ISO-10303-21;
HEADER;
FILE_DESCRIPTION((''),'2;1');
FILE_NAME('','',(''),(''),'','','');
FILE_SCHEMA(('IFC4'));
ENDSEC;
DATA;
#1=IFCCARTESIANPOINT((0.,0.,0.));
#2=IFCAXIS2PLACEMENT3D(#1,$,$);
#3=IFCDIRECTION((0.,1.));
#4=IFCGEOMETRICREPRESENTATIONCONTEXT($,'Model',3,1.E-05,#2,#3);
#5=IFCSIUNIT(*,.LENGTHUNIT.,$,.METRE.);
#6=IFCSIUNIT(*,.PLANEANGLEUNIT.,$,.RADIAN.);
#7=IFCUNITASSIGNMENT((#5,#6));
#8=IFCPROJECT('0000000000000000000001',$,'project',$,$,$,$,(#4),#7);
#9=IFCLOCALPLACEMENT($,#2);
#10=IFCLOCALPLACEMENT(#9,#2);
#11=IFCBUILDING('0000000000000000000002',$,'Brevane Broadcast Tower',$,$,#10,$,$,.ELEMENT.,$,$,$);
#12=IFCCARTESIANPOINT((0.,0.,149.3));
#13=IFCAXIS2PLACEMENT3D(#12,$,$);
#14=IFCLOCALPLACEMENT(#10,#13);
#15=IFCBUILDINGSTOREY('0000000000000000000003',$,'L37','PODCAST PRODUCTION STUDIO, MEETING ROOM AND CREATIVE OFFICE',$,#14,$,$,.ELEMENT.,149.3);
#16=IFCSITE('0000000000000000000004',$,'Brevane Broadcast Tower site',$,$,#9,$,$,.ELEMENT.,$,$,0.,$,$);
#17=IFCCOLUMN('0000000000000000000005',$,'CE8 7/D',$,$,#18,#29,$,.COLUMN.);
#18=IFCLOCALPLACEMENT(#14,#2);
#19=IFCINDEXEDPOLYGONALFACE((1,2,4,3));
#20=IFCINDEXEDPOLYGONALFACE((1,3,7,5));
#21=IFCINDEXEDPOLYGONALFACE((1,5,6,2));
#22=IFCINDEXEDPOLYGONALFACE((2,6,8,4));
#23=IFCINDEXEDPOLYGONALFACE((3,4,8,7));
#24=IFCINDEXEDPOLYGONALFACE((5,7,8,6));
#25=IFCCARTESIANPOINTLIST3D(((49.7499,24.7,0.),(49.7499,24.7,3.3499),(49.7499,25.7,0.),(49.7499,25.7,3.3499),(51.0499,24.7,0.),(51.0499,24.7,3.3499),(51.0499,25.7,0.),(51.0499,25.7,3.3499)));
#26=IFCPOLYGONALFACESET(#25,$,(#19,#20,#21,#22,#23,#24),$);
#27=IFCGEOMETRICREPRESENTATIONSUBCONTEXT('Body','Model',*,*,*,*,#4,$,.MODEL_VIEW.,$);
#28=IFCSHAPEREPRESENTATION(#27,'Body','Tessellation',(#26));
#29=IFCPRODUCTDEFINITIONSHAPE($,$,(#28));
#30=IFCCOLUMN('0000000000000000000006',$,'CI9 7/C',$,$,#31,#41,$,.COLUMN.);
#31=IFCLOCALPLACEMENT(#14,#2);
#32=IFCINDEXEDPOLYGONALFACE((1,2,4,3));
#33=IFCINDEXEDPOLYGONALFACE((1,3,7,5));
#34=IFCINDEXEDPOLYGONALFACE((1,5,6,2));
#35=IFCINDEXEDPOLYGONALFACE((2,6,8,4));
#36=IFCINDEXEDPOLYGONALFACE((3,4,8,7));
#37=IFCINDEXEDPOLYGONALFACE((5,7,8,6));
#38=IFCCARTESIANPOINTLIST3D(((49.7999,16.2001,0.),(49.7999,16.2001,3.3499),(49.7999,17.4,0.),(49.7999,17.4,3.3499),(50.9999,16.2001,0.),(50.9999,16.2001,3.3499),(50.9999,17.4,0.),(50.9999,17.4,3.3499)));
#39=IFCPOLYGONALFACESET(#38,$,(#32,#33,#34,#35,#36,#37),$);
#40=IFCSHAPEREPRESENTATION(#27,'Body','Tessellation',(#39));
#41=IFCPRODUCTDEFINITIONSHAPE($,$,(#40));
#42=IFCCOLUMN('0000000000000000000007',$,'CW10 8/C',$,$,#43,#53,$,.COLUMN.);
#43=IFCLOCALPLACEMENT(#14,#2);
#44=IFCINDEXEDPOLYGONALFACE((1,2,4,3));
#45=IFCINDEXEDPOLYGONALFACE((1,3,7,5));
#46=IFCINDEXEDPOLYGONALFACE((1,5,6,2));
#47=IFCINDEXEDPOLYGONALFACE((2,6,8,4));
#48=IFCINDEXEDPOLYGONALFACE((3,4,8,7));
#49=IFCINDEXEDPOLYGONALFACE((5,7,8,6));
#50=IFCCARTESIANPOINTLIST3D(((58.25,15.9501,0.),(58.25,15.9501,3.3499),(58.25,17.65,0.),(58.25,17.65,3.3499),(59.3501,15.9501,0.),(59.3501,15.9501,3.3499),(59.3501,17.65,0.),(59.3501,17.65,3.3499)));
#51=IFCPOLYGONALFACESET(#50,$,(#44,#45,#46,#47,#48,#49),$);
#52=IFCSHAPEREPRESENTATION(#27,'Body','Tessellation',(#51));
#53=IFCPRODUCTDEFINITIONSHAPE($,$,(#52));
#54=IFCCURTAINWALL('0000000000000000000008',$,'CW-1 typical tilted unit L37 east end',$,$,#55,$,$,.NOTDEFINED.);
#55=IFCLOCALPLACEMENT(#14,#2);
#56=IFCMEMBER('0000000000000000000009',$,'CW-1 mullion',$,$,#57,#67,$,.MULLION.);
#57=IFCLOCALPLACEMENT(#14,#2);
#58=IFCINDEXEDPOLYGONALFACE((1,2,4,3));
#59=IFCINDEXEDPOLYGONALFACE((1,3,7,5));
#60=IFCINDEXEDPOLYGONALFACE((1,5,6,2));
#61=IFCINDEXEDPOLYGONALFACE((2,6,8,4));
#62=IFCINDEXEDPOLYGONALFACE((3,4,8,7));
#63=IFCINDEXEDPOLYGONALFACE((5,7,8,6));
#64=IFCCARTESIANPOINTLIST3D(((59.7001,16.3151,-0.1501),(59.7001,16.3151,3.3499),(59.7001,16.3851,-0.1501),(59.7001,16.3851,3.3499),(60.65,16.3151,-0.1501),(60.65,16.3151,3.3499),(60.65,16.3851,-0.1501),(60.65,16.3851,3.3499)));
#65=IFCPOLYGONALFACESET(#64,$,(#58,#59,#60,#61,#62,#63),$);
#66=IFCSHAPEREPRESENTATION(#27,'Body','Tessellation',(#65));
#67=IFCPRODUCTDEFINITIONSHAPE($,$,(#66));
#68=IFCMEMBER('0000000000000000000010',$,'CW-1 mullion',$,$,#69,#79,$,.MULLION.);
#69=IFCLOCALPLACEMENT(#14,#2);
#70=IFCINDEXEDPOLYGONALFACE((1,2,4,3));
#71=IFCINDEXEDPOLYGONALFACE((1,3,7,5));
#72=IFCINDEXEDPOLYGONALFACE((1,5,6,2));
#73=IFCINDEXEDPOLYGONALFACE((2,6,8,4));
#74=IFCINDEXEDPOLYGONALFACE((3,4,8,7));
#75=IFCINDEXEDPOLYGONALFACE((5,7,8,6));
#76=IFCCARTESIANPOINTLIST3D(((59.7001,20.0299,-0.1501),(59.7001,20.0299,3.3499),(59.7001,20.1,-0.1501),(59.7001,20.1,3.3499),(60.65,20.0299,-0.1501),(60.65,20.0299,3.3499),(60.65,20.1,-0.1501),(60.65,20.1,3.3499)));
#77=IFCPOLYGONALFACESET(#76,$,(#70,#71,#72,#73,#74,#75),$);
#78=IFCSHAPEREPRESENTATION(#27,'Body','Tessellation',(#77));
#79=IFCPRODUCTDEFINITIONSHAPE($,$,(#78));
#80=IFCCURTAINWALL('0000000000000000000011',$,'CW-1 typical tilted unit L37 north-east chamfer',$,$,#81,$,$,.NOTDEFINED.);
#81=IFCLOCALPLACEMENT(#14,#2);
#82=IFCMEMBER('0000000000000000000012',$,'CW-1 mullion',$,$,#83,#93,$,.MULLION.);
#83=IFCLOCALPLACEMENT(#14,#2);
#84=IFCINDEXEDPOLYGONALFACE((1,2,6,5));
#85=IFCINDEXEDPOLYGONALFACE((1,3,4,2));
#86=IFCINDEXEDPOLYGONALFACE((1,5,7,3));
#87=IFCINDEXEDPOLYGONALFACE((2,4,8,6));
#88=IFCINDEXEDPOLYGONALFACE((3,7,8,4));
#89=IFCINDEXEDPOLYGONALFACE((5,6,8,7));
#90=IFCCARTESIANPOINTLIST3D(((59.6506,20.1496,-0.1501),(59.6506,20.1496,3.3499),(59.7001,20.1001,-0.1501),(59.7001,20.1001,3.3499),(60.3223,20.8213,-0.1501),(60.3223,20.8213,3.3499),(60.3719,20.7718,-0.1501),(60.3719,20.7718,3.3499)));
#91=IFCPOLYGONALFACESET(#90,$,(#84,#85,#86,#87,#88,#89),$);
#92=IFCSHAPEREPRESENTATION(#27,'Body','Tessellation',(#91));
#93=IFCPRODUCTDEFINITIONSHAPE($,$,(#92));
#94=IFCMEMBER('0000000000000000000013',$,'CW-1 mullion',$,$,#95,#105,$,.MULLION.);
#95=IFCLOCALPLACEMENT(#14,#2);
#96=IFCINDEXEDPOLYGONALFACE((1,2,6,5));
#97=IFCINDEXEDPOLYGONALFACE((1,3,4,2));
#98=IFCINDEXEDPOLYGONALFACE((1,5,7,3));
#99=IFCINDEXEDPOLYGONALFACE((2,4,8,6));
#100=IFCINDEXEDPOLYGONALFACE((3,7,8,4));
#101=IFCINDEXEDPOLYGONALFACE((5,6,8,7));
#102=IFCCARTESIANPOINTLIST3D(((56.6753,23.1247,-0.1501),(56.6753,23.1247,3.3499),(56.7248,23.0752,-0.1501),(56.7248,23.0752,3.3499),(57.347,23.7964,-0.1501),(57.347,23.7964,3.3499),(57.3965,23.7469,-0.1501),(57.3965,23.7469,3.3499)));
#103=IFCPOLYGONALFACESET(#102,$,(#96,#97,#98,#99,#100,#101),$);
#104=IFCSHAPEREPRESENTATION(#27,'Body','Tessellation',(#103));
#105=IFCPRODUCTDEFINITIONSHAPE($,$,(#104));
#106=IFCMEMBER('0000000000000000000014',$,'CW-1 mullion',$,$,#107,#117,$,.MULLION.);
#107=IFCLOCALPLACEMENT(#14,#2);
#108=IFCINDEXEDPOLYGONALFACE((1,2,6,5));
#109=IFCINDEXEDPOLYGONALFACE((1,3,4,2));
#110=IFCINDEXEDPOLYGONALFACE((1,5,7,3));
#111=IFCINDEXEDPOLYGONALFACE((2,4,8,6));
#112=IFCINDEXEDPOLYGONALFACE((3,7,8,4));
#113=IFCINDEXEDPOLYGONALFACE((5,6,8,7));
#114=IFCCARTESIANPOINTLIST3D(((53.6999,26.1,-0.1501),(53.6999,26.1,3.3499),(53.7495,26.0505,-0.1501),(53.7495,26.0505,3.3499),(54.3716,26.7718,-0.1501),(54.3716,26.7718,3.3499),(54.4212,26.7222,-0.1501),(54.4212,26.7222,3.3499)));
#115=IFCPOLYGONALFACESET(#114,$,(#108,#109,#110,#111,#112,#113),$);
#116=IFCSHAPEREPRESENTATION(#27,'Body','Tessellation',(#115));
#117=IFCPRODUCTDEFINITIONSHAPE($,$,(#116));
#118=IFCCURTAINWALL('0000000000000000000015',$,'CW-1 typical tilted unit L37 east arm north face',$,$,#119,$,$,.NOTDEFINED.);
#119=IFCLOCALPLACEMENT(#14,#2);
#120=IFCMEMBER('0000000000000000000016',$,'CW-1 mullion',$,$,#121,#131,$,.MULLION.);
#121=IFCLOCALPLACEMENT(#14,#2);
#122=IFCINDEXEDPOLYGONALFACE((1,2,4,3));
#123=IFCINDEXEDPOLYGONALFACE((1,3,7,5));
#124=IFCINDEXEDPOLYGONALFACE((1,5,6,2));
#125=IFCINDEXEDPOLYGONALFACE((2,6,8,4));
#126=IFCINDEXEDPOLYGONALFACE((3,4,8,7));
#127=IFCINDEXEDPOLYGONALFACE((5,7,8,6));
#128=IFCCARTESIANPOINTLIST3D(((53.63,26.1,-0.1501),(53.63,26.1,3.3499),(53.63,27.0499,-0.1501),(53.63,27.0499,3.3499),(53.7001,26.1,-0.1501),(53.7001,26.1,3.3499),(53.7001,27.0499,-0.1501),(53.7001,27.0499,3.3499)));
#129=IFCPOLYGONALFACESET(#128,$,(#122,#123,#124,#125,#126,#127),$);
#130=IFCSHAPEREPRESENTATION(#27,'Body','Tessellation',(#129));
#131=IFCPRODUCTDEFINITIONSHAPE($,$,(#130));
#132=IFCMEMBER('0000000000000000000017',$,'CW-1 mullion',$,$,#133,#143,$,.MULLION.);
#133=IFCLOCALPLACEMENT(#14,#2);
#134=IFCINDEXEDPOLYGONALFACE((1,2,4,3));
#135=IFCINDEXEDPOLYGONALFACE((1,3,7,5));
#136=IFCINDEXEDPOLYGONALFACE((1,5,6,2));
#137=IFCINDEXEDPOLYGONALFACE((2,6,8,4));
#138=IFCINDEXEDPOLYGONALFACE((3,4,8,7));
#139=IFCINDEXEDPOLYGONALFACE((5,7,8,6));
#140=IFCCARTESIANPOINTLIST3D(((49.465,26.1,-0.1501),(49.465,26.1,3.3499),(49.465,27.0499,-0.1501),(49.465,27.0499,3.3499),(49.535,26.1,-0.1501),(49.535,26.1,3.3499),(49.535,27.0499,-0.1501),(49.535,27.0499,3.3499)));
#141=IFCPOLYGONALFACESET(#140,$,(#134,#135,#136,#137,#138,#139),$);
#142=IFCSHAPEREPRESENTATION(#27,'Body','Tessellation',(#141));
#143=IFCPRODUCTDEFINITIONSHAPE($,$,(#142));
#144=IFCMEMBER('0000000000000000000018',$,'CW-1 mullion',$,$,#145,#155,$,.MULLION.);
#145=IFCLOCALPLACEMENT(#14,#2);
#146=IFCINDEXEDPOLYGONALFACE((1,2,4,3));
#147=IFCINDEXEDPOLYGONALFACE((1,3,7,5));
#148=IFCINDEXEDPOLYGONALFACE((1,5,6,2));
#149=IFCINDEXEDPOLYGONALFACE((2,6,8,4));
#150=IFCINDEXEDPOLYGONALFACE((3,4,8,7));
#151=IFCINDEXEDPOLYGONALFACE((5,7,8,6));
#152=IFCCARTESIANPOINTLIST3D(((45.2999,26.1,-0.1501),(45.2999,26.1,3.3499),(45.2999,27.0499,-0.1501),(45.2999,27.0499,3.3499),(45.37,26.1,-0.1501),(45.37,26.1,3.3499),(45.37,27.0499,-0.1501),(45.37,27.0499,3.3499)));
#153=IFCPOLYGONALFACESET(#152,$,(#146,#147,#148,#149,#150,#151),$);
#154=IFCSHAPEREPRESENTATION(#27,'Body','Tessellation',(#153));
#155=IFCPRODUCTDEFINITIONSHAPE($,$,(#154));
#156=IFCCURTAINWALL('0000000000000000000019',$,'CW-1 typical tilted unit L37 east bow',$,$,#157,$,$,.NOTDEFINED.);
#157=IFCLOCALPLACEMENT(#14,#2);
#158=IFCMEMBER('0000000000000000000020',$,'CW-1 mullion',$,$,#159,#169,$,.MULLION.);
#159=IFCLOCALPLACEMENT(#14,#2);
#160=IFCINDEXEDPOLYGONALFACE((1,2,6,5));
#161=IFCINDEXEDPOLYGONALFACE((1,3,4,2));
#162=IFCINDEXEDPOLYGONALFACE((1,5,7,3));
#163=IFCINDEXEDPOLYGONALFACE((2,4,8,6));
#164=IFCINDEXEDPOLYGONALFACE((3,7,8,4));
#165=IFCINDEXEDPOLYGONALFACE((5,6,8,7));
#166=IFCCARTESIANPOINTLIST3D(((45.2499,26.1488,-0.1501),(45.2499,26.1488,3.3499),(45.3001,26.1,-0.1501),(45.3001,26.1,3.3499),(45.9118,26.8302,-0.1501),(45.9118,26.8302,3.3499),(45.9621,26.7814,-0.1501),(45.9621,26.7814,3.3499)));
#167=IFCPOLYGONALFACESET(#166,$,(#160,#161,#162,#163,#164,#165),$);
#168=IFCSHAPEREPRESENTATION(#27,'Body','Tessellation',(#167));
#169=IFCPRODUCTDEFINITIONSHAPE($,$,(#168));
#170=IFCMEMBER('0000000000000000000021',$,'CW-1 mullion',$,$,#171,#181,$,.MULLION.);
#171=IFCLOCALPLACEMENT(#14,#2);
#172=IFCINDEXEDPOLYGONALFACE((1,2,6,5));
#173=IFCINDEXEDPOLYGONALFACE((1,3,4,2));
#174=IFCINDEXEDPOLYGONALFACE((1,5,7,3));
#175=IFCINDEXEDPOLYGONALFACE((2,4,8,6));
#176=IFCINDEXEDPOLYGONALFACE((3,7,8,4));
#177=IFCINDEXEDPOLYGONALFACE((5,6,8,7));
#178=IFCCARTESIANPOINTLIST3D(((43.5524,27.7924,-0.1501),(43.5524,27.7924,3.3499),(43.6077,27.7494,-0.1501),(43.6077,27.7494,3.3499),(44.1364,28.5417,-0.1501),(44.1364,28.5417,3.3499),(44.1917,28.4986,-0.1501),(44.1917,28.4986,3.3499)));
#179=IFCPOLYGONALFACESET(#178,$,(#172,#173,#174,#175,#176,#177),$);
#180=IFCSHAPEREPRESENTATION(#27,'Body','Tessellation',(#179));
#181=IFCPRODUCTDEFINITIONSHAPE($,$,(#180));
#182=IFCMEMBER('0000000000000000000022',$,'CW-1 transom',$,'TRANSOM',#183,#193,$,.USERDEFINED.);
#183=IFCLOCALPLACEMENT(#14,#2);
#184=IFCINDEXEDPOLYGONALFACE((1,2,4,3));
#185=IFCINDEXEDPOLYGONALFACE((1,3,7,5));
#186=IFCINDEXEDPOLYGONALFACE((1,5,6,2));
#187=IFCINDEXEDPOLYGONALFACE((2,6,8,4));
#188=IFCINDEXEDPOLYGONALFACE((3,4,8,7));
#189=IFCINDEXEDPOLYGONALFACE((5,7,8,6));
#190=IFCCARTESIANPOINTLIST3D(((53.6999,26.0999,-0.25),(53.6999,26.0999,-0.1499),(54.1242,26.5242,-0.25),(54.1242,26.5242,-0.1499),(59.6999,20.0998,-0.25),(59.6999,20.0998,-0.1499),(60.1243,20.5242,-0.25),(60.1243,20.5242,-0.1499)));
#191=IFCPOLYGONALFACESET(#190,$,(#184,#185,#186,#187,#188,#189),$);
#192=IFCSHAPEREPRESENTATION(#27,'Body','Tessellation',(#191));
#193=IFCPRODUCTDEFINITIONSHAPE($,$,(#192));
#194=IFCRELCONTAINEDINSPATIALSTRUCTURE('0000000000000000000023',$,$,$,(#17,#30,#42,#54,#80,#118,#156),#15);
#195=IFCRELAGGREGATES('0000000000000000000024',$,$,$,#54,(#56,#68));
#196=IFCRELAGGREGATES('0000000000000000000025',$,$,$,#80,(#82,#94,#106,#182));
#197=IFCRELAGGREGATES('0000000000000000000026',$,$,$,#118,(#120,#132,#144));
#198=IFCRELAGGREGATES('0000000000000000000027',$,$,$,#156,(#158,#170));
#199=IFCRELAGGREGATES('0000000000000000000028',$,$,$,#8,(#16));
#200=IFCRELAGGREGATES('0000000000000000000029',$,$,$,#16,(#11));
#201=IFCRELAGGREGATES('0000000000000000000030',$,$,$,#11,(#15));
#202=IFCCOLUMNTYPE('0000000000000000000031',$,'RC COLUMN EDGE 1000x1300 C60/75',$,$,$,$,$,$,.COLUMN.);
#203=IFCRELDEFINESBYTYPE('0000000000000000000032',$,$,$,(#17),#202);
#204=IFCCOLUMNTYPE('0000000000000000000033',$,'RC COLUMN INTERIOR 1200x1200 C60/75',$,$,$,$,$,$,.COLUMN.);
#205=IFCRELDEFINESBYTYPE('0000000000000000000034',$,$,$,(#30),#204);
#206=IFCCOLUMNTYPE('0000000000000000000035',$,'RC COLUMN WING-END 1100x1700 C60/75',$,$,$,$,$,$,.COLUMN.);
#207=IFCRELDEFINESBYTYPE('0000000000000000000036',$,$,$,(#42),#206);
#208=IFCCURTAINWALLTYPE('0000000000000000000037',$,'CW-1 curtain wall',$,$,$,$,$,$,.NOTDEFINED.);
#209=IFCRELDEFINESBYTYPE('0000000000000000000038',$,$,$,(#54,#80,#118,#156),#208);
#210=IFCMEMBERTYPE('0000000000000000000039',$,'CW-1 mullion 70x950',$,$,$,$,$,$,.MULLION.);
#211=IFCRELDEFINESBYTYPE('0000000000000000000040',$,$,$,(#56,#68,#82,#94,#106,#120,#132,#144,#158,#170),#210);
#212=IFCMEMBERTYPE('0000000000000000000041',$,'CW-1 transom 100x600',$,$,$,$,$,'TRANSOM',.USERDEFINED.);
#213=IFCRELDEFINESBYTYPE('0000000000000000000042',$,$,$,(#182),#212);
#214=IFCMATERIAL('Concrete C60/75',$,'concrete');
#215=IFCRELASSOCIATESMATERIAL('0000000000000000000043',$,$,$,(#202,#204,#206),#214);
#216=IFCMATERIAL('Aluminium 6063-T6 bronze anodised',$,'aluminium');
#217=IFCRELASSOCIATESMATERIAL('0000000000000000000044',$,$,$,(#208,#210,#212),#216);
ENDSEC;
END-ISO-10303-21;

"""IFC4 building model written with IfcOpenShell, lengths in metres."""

from ifc_helpers import new_model, si_unit, direction, frame, origin, origin_2d, place, context, subcontext, project, spatial, rectangle, extrude, material, material_profile, profile_set, type_object, element, aggregate, save


model = new_model("IFC4")

# Units and contexts
model_context = context("Model", 3, precision=1e-05, world=origin(), true_north=direction((0.0, 1.0)))
body_context = subcontext(model_context, "Body", "Model", "MODEL_VIEW")
ifc_project = project(units=[si_unit("LENGTHUNIT", "METRE"), si_unit("PLANEANGLEUNIT", "RADIAN")], contexts=[model_context])

# Site, building, storey
site_placement = place(None, origin())
site = spatial("IfcSite", under=ifc_project, at=site_placement, Name="Brevane Broadcast Tower site", CompositionType="ELEMENT", RefElevation=0.0)
building_placement = place(site_placement, origin())
building = spatial("IfcBuilding", under=site, at=building_placement, Name="Brevane Broadcast Tower", CompositionType="ELEMENT")
storey_placement = place(building_placement, frame((0.0, 0.0, 149.3)))
storey = spatial("IfcBuildingStorey", under=building, at=storey_placement, Name="L37", Description="PODCAST PRODUCTION STUDIO, MEETING ROOM AND CREATIVE OFFICE", CompositionType="ELEMENT", Elevation=149.3)

# Columns
ifc_material_1 = material(Name="Concrete C60/75", Category="concrete")
ifc_material_profile_1 = material_profile(ifc_material_1, rectangle(XDim=1.0, YDim=1.3, at=origin_2d()), Name="RC 1000x1300")
ifc_profile_set_1 = profile_set([ifc_material_profile_1], Name="Concrete C60/75")
column_type_1 = type_object("IfcColumnType", Name="RC COLUMN EDGE 1000x1300 C60/75", PredefinedType="COLUMN", material=ifc_profile_set_1)
column_1_placement = place(storey_placement, frame((50.3999, 25.2, 0.0), z_axis=(0.0, 0.0, 1.0), x_axis=(0.0, 1.0, 0.0)))
element("IfcColumn", 1, at=column_1_placement, inside=storey, type_object=column_type_1, Name="CE8 7/D", PredefinedType="COLUMN", context=body_context, shape_type="SweptSolid", body=[
    extrude(rectangle(XDim=1.0, YDim=1.3, at=origin_2d()), origin(), (0.0, 0.0, 1.0), 3.3499),
])
ifc_material_profile_2 = material_profile(ifc_material_1, rectangle(XDim=1.2, YDim=1.2, at=origin_2d()), Name="RC 1200x1200")
ifc_profile_set_2 = profile_set([ifc_material_profile_2], Name="Concrete C60/75")
column_type_2 = type_object("IfcColumnType", Name="RC COLUMN INTERIOR 1200x1200 C60/75", PredefinedType="COLUMN", material=ifc_profile_set_2)
column_2_placement = place(storey_placement, frame((50.3999, 16.8, 0.0), z_axis=(0.0, 0.0, 1.0), x_axis=(1.0, 0.0, 0.0)))
element("IfcColumn", 2, at=column_2_placement, inside=storey, type_object=column_type_2, Name="CI9 7/C", PredefinedType="COLUMN", context=body_context, shape_type="SweptSolid", body=[
    extrude(rectangle(XDim=1.2, YDim=1.2, at=origin_2d()), origin(), (0.0, 0.0, 1.0), 3.3499),
])
ifc_material_profile_3 = material_profile(ifc_material_1, rectangle(XDim=1.1001, YDim=1.7, at=origin_2d()), Name="RC 1100x1700")
ifc_profile_set_3 = profile_set([ifc_material_profile_3], Name="Concrete C60/75")
column_type_3 = type_object("IfcColumnType", Name="RC COLUMN WING-END 1100x1700 C60/75", PredefinedType="COLUMN", material=ifc_profile_set_3)
column_3_placement = place(storey_placement, frame((58.8, 16.8, 0.0), z_axis=(0.0, 0.0, 1.0), x_axis=(1.0, 0.0, 0.0)))
element("IfcColumn", 3, at=column_3_placement, inside=storey, type_object=column_type_3, Name="CW10 8/C", PredefinedType="COLUMN", context=body_context, shape_type="SweptSolid", body=[
    extrude(rectangle(XDim=1.1001, YDim=1.7, at=origin_2d()), origin(), (0.0, 0.0, 1.0), 3.3499),
])

# Curtain walls, members
ifc_material_2 = material(Name="Aluminium 6063-T6 bronze anodised", Category="aluminium")
curtain_wall_type = type_object("IfcCurtainWallType", Name="CW-1 curtain wall", PredefinedType="NOTDEFINED", material=ifc_material_2)
curtain_wall_1_placement = place(storey_placement, origin())
curtain_wall_1 = element("IfcCurtainWall", 4, at=curtain_wall_1_placement, inside=storey, type_object=curtain_wall_type, Name="CW-1 typical tilted unit L37 east end", PredefinedType="NOTDEFINED")
ifc_material_profile_4 = material_profile(ifc_material_2, rectangle(XDim=0.95, YDim=0.0701, at=origin_2d()), Name="RECT 70x950")
ifc_profile_set_4 = profile_set([ifc_material_profile_4], Name="Aluminium 6063-T6 bronze anodised")
member_type_1 = type_object("IfcMemberType", Name="CW-1 mullion 70x950", PredefinedType="MULLION", material=ifc_profile_set_4)
member_1_placement = place(storey_placement, frame((60.175, 16.3501, -0.1501), z_axis=(0.0, 0.0, 1.0), x_axis=(-1.0, 0.0, 0.0)))
member_1 = element("IfcMember", 5, at=member_1_placement, type_object=member_type_1, Name="CW-1 mullion", PredefinedType="MULLION", context=body_context, shape_type="SweptSolid", body=[
    extrude(rectangle(XDim=0.95, YDim=0.0701, at=origin_2d()), origin(), (0.0, 0.0, 1.0), 3.5),
])
member_2_placement = place(storey_placement, frame((60.175, 20.0649, -0.1501), z_axis=(0.0, 0.0, 1.0), x_axis=(-1.0, 0.0, 0.0)))
member_2 = element("IfcMember", 6, at=member_2_placement, type_object=member_type_1, Name="CW-1 mullion", PredefinedType="MULLION", context=body_context, shape_type="SweptSolid", body=[
    extrude(rectangle(XDim=0.95, YDim=0.0701, at=origin_2d()), origin(), (0.0, 0.0, 1.0), 3.5),
])
aggregate(curtain_wall_1, [member_1, member_2])
curtain_wall_2_placement = place(storey_placement, origin())
curtain_wall_2 = element("IfcCurtainWall", 7, at=curtain_wall_2_placement, inside=storey, type_object=curtain_wall_type, Name="CW-1 typical tilted unit L37 north-east chamfer", PredefinedType="NOTDEFINED")
member_3_placement = place(storey_placement, frame((60.0112, 20.4607, -0.1501), z_axis=(0.0, 0.0, 1.0), x_axis=(-0.707107, -0.707107, 0.0)))
member_3 = element("IfcMember", 8, at=member_3_placement, type_object=member_type_1, Name="CW-1 mullion", PredefinedType="MULLION", context=body_context, shape_type="SweptSolid", body=[
    extrude(rectangle(XDim=0.95, YDim=0.0701, at=origin_2d()), origin(), (0.0, 0.0, 1.0), 3.5),
])
member_4_placement = place(storey_placement, frame((57.0359, 23.4358, -0.1501), z_axis=(0.0, 0.0, 1.0), x_axis=(-0.707107, -0.707107, 0.0)))
member_4 = element("IfcMember", 9, at=member_4_placement, type_object=member_type_1, Name="CW-1 mullion", PredefinedType="MULLION", context=body_context, shape_type="SweptSolid", body=[
    extrude(rectangle(XDim=0.95, YDim=0.0701, at=origin_2d()), origin(), (0.0, 0.0, 1.0), 3.5),
])
member_5_placement = place(storey_placement, frame((54.0605, 26.4111, -0.1501), z_axis=(0.0, 0.0, 1.0), x_axis=(-0.707107, -0.707107, 0.0)))
member_5 = element("IfcMember", 10, at=member_5_placement, type_object=member_type_1, Name="CW-1 mullion", PredefinedType="MULLION", context=body_context, shape_type="SweptSolid", body=[
    extrude(rectangle(XDim=0.95, YDim=0.0701, at=origin_2d()), origin(), (0.0, 0.0, 1.0), 3.5),
])
curtain_wall_3_placement = place(storey_placement, origin())
curtain_wall_3 = element("IfcCurtainWall", 11, at=curtain_wall_3_placement, inside=storey, type_object=curtain_wall_type, Name="CW-1 typical tilted unit L37 east arm north face", PredefinedType="NOTDEFINED")
member_6_placement = place(storey_placement, frame((53.665, 26.575, -0.1501), z_axis=(0.0, 0.0, 1.0), x_axis=(0.0, -1.0, 0.0)))
member_6 = element("IfcMember", 12, at=member_6_placement, type_object=member_type_1, Name="CW-1 mullion", PredefinedType="MULLION", context=body_context, shape_type="SweptSolid", body=[
    extrude(rectangle(XDim=0.95, YDim=0.0701, at=origin_2d()), origin(), (0.0, 0.0, 1.0), 3.5),
])
member_7_placement = place(storey_placement, frame((49.5, 26.575, -0.1501), z_axis=(0.0, 0.0, 1.0), x_axis=(0.0, -1.0, 0.0)))
member_7 = element("IfcMember", 13, at=member_7_placement, type_object=member_type_1, Name="CW-1 mullion", PredefinedType="MULLION", context=body_context, shape_type="SweptSolid", body=[
    extrude(rectangle(XDim=0.95, YDim=0.0701, at=origin_2d()), origin(), (0.0, 0.0, 1.0), 3.5),
])
member_8_placement = place(storey_placement, frame((45.335, 26.575, -0.1501), z_axis=(0.0, 0.0, 1.0), x_axis=(0.0, -1.0, 0.0)))
member_8 = element("IfcMember", 14, at=member_8_placement, type_object=member_type_1, Name="CW-1 mullion", PredefinedType="MULLION", context=body_context, shape_type="SweptSolid", body=[
    extrude(rectangle(XDim=0.95, YDim=0.0701, at=origin_2d()), origin(), (0.0, 0.0, 1.0), 3.5),
])
curtain_wall_4_placement = place(storey_placement, origin())
curtain_wall_4 = element("IfcCurtainWall", 15, at=curtain_wall_4_placement, inside=storey, type_object=curtain_wall_type, Name="CW-1 typical tilted unit L37 east bow", PredefinedType="NOTDEFINED")
member_9_placement = place(storey_placement, frame((45.606, 26.4651, -0.1501), z_axis=(0.0, 0.0, 1.0), x_axis=(-0.696812, -0.717254, 0.0)))
member_9 = element("IfcMember", 16, at=member_9_placement, type_object=member_type_1, Name="CW-1 mullion", PredefinedType="MULLION", context=body_context, shape_type="SweptSolid", body=[
    extrude(rectangle(XDim=0.95, YDim=0.0701, at=origin_2d()), origin(), (0.0, 0.0, 1.0), 3.5),
])
member_10_placement = place(storey_placement, frame((43.8721, 28.1455, -0.1501), z_axis=(0.0, 0.0, 1.0), x_axis=(-0.61477, -0.788707, 0.0)))
member_10 = element("IfcMember", 17, at=member_10_placement, type_object=member_type_1, Name="CW-1 mullion", PredefinedType="MULLION", context=body_context, shape_type="SweptSolid", body=[
    extrude(rectangle(XDim=0.95, YDim=0.0701, at=origin_2d()), origin(), (0.0, 0.0, 1.0), 3.5),
])

# Member
ifc_material_profile_5 = material_profile(ifc_material_2, rectangle(XDim=0.6001, YDim=0.1001, at=origin_2d()), Name="RECT 100x600")
ifc_profile_set_5 = profile_set([ifc_material_profile_5], Name="Aluminium 6063-T6 bronze anodised")
member_type_2 = type_object("IfcMemberType", Name="CW-1 transom 100x600", ElementType="TRANSOM", PredefinedType="USERDEFINED", material=ifc_profile_set_5)
member_11_placement = place(storey_placement, frame((59.9121, 20.312, -0.2), z_axis=(-0.707107, 0.707107, 0.0), x_axis=(-0.707107, -0.707107, 0.0)))
member_11 = element("IfcMember", 18, at=member_11_placement, type_object=member_type_2, Name="CW-1 transom", ObjectType="TRANSOM", PredefinedType="USERDEFINED", context=body_context, shape_type="SweptSolid", body=[
    extrude(rectangle(XDim=0.6001, YDim=0.1001, at=origin_2d()), origin(), (0.0, 0.0, 1.0), 8.4854),
])
aggregate(curtain_wall_2, [member_3, member_4, member_5, member_11])
aggregate(curtain_wall_3, [member_6, member_7, member_8])
aggregate(curtain_wall_4, [member_9, member_10])

save(model, "model.ifc")
